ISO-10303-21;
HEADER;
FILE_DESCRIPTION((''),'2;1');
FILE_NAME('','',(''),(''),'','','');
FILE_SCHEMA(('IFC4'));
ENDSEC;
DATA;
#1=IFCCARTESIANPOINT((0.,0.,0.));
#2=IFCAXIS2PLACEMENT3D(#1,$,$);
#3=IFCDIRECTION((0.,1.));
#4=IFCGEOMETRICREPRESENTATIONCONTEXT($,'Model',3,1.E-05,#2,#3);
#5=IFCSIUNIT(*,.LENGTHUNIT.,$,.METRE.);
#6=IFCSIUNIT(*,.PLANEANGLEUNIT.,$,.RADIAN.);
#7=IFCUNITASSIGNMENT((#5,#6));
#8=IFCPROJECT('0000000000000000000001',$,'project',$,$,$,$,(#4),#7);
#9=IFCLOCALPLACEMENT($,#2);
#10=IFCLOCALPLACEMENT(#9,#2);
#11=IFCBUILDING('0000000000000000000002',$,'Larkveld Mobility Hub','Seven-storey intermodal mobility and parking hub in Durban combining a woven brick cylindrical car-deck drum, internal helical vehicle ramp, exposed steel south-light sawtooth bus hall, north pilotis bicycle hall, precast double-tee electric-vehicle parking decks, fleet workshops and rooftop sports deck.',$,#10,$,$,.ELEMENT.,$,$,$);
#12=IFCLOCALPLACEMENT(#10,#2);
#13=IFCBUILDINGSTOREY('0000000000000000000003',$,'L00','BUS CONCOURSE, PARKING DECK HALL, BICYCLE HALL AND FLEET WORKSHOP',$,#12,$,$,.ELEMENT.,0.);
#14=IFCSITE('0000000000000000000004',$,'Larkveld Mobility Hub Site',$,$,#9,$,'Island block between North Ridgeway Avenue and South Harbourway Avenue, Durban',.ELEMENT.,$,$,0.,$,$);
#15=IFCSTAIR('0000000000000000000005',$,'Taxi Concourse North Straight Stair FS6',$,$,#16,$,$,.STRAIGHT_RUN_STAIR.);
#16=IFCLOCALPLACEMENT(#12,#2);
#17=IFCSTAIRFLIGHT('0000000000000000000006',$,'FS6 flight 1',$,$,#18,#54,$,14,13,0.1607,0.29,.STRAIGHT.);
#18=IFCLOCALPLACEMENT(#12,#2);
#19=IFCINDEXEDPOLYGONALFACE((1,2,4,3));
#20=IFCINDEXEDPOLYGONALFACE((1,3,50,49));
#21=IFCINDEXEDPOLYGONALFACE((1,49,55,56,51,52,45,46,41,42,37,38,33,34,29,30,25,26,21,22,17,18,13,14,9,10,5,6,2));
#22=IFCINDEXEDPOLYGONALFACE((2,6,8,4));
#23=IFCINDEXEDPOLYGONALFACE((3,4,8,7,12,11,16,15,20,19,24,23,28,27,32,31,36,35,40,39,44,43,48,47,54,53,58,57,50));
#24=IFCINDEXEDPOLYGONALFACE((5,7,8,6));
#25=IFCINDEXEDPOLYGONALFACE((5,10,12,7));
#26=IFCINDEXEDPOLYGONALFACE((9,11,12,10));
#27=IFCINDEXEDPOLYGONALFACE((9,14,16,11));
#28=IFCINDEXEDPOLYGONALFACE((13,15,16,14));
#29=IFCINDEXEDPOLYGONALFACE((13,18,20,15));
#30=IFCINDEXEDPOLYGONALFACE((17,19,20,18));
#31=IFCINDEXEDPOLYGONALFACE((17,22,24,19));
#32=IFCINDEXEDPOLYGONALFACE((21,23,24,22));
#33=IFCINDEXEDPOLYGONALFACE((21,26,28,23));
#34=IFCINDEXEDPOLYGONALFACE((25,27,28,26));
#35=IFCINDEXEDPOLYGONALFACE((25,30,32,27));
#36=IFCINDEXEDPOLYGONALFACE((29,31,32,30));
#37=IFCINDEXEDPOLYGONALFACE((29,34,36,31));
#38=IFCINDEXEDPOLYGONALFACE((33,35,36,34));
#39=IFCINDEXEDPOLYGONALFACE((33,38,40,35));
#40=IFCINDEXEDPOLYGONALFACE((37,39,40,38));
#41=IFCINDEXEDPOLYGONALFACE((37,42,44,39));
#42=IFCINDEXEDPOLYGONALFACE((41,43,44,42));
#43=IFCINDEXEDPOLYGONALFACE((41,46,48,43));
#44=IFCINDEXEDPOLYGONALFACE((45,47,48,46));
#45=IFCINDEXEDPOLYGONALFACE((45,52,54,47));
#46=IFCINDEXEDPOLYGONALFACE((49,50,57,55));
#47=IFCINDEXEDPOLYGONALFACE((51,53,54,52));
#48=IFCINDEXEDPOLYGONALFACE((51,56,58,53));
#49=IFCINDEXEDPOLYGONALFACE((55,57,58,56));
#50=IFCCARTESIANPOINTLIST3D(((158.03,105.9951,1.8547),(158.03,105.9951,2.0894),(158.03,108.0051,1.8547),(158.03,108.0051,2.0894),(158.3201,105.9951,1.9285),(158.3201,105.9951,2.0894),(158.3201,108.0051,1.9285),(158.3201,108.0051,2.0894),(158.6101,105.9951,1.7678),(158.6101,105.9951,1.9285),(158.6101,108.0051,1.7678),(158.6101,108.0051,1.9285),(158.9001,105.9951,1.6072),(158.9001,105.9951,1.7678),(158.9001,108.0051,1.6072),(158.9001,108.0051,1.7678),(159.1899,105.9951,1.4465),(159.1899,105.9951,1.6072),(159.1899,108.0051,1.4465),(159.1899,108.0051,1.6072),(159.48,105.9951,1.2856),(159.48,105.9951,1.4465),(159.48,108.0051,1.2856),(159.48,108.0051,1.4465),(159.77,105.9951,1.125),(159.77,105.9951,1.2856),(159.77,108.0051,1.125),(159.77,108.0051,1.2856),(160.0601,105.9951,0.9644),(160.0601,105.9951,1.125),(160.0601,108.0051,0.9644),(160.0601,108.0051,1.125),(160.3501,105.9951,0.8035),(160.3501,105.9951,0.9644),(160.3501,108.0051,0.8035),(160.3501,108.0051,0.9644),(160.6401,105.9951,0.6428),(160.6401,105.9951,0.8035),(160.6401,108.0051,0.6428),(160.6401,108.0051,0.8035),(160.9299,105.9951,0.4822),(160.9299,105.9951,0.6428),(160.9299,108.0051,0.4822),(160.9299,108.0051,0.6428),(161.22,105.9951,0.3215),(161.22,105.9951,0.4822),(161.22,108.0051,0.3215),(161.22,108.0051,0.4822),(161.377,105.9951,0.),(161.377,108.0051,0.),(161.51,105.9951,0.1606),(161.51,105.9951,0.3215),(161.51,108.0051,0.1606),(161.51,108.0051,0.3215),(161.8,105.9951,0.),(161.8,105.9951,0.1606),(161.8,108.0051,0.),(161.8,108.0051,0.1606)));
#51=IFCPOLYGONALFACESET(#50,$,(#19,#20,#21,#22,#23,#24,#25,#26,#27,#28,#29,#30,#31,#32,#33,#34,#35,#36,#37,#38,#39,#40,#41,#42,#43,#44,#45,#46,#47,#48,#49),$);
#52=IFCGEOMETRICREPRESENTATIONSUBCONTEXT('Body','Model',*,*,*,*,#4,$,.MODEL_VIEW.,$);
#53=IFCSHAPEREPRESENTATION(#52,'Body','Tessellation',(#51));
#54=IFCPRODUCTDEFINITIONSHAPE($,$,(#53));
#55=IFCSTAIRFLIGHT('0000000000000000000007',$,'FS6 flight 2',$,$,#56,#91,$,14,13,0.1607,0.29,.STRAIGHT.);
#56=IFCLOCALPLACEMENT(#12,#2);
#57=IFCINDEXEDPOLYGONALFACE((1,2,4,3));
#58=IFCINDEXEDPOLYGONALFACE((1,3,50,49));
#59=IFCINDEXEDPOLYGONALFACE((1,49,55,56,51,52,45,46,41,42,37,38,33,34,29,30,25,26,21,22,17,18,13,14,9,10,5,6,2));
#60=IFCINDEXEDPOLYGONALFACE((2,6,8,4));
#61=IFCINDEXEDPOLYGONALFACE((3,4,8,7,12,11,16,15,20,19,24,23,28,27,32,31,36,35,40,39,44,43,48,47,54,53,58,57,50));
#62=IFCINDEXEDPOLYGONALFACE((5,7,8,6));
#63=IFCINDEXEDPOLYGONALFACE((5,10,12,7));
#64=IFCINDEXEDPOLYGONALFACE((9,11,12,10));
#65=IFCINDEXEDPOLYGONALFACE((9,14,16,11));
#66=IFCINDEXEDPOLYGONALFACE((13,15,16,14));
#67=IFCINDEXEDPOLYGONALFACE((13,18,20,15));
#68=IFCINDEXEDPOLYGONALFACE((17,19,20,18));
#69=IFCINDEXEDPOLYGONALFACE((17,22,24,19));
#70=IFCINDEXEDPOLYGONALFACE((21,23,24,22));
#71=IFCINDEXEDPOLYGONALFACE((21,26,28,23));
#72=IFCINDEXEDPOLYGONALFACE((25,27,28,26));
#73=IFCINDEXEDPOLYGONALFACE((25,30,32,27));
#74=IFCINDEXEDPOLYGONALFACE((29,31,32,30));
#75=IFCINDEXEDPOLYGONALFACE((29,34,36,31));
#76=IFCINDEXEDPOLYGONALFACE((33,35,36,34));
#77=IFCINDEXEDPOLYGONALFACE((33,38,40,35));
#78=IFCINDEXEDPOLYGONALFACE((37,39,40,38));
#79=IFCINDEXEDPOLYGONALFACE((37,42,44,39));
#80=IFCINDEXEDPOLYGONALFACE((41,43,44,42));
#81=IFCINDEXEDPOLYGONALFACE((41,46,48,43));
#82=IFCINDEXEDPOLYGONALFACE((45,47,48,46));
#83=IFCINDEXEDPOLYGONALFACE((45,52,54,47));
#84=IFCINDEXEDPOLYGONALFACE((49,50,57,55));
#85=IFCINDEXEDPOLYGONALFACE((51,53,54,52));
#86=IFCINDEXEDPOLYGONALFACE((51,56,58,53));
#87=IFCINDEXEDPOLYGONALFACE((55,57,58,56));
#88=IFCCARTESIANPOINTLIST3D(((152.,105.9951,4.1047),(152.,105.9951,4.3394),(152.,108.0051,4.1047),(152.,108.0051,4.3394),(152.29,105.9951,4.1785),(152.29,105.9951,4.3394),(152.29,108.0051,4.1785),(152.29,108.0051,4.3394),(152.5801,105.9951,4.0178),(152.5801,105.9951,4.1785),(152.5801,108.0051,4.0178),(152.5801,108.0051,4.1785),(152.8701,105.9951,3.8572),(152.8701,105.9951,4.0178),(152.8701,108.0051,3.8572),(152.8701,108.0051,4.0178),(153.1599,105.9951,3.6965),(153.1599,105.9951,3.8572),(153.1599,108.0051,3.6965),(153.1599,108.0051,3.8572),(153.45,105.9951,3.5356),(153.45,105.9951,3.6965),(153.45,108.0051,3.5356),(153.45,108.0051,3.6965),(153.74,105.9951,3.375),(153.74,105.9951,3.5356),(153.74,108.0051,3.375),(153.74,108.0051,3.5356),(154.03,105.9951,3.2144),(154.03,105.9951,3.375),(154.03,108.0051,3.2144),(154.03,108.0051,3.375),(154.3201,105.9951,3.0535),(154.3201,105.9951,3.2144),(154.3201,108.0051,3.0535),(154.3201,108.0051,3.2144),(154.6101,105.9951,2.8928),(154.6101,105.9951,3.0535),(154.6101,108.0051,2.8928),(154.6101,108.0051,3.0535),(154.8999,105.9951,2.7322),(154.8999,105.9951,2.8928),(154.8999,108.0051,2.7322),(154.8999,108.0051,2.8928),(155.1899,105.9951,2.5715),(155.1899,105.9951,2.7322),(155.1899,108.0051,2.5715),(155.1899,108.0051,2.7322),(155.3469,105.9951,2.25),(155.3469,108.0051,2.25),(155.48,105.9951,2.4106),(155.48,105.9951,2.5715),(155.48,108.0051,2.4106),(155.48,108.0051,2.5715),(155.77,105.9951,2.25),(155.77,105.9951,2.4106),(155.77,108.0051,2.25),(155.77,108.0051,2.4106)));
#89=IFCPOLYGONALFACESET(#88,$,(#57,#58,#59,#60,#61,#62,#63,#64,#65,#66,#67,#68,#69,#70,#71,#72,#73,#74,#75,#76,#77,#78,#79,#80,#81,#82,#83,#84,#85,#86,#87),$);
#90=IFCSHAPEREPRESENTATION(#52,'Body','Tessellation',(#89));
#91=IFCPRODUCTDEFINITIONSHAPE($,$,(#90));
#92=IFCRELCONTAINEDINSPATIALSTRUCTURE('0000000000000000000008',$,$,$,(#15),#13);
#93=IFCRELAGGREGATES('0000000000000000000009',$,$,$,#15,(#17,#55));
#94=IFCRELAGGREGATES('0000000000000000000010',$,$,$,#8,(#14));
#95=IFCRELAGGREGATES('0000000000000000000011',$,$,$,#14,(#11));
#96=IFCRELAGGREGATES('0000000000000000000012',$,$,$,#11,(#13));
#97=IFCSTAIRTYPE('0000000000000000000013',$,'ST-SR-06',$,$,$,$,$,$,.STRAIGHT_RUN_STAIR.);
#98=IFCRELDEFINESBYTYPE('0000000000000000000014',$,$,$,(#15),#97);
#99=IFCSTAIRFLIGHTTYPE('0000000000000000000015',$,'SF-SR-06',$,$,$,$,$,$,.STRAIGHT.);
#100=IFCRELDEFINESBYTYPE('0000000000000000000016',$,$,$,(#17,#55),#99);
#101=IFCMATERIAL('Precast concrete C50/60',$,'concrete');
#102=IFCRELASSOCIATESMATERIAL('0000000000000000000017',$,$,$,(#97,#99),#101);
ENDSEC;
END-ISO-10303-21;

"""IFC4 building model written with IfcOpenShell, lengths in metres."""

from ifc_helpers import new_model, si_unit, direction, frame, origin, place, context, subcontext, project, spatial, polyline, outline, extrude, material, type_object, element, aggregate, save


model = new_model("IFC4")

# Units and contexts
model_context = context("Model", 3, precision=1e-05, world=origin(), true_north=direction((0.0, 1.0)))
body_context = subcontext(model_context, "Body", "Model", "MODEL_VIEW")
ifc_project = project(units=[si_unit("LENGTHUNIT", "METRE"), si_unit("PLANEANGLEUNIT", "RADIAN")], contexts=[model_context])

# Site, building, storey
site_placement = place(None, origin())
site = spatial("IfcSite", under=ifc_project, at=site_placement, Name="Larkveld Mobility Hub Site", LongName="Island block between North Ridgeway Avenue and South Harbourway Avenue, Durban", CompositionType="ELEMENT", RefElevation=0.0)
building_placement = place(site_placement, origin())
building = spatial("IfcBuilding", under=site, at=building_placement, Name="Larkveld Mobility Hub", Description="Seven-storey intermodal mobility and parking hub in Durban combining a woven brick cylindrical car-deck drum, internal helical vehicle ramp, exposed steel south-light sawtooth bus hall, north pilotis bicycle hall, precast double-tee electric-vehicle parking decks, fleet workshops and rooftop sports deck.", CompositionType="ELEMENT")
storey_placement = place(building_placement, origin())
storey = spatial("IfcBuildingStorey", under=building, at=storey_placement, Name="L00", Description="BUS CONCOURSE, PARKING DECK HALL, BICYCLE HALL AND FLEET WORKSHOP", CompositionType="ELEMENT", Elevation=0.0)

# Stair, stair flights
ifc_material_1 = material(Name="Precast concrete C50/60", Category="concrete")
stair_type = type_object("IfcStairType", Name="ST-SR-06", PredefinedType="STRAIGHT_RUN_STAIR", material=ifc_material_1)
stair_placement = place(storey_placement, origin())
stair = element("IfcStair", 1, at=stair_placement, inside=storey, type_object=stair_type, Name="Taxi Concourse North Straight Stair FS6", PredefinedType="STRAIGHT_RUN_STAIR")
stair_flight_type = type_object("IfcStairFlightType", Name="SF-SR-06", PredefinedType="STRAIGHT", material=ifc_material_1)
stair_flight_1_placement = place(storey_placement, frame((161.8, 107.0, 0.0), z_axis=(0.0, 0.0, 1.0), x_axis=(-1.0, 0.0, 0.0)))
stair_flight_1 = element("IfcStairFlight", 2, at=stair_flight_1_placement, type_object=stair_flight_type, Name="FS6 flight 1", NumberOfRisers=14, NumberOfTreads=13, PredefinedType="STRAIGHT", RiserHeight=0.1607, TreadLength=0.29, context=body_context, shape_type="SweptSolid", body=[
    extrude(outline(polyline([(0.0, 0.0), (0.0, 0.1606), (0.29, 0.1606), (0.29, 0.3215), (0.5801, 0.3215), (0.5801, 0.4822), (0.8701, 0.4822), (0.8701, 0.6428), (1.1599, 0.6428), (1.1599, 0.8035), (1.45, 0.8035), (1.45, 0.9644), (1.74, 0.9644), (1.74, 1.125), (2.03, 1.125), (2.03, 1.2856), (2.3201, 1.2856), (2.3201, 1.4465), (2.6101, 1.4465), (2.6101, 1.6072), (2.8999, 1.6072), (2.8999, 1.7678), (3.1899, 1.7678), (3.1899, 1.9285), (3.48, 1.9285), (3.48, 2.0894), (3.77, 2.0894), (3.77, 2.25), (3.77, 1.8547), (0.4231, 0.0), (0.0, 0.0)])), frame((0.0, 1.0049, 0.0), z_axis=(0.0, -1.0, 0.0), x_axis=(1.0, 0.0, 0.0)), (0.0, 0.0, 1.0), 2.01),
])
stair_flight_2_placement = place(storey_placement, frame((155.77, 107.0, 2.25), z_axis=(0.0, 0.0, 1.0), x_axis=(-1.0, 0.0, 0.0)))
stair_flight_2 = element("IfcStairFlight", 3, at=stair_flight_2_placement, type_object=stair_flight_type, Name="FS6 flight 2", NumberOfRisers=14, NumberOfTreads=13, PredefinedType="STRAIGHT", RiserHeight=0.1607, TreadLength=0.29, context=body_context, shape_type="SweptSolid", body=[
    extrude(outline(polyline([(0.0, 0.0), (0.0, 0.1606), (0.29, 0.1606), (0.29, 0.3215), (0.5801, 0.3215), (0.5801, 0.4822), (0.8701, 0.4822), (0.8701, 0.6428), (1.1599, 0.6428), (1.1599, 0.8035), (1.45, 0.8035), (1.45, 0.9644), (1.74, 0.9644), (1.74, 1.125), (2.03, 1.125), (2.03, 1.2856), (2.3201, 1.2856), (2.3201, 1.4465), (2.6101, 1.4465), (2.6101, 1.6072), (2.8999, 1.6072), (2.8999, 1.7678), (3.1899, 1.7678), (3.1899, 1.9285), (3.48, 1.9285), (3.48, 2.0894), (3.77, 2.0894), (3.77, 2.25), (3.77, 1.8547), (0.4231, 0.0), (0.0, 0.0)])), frame((0.0, 1.0049, 0.0), z_axis=(0.0, -1.0, 0.0), x_axis=(1.0, 0.0, 0.0)), (0.0, 0.0, 1.0), 2.01),
])
aggregate(stair, [stair_flight_1, stair_flight_2])

save(model, "model.ifc")
